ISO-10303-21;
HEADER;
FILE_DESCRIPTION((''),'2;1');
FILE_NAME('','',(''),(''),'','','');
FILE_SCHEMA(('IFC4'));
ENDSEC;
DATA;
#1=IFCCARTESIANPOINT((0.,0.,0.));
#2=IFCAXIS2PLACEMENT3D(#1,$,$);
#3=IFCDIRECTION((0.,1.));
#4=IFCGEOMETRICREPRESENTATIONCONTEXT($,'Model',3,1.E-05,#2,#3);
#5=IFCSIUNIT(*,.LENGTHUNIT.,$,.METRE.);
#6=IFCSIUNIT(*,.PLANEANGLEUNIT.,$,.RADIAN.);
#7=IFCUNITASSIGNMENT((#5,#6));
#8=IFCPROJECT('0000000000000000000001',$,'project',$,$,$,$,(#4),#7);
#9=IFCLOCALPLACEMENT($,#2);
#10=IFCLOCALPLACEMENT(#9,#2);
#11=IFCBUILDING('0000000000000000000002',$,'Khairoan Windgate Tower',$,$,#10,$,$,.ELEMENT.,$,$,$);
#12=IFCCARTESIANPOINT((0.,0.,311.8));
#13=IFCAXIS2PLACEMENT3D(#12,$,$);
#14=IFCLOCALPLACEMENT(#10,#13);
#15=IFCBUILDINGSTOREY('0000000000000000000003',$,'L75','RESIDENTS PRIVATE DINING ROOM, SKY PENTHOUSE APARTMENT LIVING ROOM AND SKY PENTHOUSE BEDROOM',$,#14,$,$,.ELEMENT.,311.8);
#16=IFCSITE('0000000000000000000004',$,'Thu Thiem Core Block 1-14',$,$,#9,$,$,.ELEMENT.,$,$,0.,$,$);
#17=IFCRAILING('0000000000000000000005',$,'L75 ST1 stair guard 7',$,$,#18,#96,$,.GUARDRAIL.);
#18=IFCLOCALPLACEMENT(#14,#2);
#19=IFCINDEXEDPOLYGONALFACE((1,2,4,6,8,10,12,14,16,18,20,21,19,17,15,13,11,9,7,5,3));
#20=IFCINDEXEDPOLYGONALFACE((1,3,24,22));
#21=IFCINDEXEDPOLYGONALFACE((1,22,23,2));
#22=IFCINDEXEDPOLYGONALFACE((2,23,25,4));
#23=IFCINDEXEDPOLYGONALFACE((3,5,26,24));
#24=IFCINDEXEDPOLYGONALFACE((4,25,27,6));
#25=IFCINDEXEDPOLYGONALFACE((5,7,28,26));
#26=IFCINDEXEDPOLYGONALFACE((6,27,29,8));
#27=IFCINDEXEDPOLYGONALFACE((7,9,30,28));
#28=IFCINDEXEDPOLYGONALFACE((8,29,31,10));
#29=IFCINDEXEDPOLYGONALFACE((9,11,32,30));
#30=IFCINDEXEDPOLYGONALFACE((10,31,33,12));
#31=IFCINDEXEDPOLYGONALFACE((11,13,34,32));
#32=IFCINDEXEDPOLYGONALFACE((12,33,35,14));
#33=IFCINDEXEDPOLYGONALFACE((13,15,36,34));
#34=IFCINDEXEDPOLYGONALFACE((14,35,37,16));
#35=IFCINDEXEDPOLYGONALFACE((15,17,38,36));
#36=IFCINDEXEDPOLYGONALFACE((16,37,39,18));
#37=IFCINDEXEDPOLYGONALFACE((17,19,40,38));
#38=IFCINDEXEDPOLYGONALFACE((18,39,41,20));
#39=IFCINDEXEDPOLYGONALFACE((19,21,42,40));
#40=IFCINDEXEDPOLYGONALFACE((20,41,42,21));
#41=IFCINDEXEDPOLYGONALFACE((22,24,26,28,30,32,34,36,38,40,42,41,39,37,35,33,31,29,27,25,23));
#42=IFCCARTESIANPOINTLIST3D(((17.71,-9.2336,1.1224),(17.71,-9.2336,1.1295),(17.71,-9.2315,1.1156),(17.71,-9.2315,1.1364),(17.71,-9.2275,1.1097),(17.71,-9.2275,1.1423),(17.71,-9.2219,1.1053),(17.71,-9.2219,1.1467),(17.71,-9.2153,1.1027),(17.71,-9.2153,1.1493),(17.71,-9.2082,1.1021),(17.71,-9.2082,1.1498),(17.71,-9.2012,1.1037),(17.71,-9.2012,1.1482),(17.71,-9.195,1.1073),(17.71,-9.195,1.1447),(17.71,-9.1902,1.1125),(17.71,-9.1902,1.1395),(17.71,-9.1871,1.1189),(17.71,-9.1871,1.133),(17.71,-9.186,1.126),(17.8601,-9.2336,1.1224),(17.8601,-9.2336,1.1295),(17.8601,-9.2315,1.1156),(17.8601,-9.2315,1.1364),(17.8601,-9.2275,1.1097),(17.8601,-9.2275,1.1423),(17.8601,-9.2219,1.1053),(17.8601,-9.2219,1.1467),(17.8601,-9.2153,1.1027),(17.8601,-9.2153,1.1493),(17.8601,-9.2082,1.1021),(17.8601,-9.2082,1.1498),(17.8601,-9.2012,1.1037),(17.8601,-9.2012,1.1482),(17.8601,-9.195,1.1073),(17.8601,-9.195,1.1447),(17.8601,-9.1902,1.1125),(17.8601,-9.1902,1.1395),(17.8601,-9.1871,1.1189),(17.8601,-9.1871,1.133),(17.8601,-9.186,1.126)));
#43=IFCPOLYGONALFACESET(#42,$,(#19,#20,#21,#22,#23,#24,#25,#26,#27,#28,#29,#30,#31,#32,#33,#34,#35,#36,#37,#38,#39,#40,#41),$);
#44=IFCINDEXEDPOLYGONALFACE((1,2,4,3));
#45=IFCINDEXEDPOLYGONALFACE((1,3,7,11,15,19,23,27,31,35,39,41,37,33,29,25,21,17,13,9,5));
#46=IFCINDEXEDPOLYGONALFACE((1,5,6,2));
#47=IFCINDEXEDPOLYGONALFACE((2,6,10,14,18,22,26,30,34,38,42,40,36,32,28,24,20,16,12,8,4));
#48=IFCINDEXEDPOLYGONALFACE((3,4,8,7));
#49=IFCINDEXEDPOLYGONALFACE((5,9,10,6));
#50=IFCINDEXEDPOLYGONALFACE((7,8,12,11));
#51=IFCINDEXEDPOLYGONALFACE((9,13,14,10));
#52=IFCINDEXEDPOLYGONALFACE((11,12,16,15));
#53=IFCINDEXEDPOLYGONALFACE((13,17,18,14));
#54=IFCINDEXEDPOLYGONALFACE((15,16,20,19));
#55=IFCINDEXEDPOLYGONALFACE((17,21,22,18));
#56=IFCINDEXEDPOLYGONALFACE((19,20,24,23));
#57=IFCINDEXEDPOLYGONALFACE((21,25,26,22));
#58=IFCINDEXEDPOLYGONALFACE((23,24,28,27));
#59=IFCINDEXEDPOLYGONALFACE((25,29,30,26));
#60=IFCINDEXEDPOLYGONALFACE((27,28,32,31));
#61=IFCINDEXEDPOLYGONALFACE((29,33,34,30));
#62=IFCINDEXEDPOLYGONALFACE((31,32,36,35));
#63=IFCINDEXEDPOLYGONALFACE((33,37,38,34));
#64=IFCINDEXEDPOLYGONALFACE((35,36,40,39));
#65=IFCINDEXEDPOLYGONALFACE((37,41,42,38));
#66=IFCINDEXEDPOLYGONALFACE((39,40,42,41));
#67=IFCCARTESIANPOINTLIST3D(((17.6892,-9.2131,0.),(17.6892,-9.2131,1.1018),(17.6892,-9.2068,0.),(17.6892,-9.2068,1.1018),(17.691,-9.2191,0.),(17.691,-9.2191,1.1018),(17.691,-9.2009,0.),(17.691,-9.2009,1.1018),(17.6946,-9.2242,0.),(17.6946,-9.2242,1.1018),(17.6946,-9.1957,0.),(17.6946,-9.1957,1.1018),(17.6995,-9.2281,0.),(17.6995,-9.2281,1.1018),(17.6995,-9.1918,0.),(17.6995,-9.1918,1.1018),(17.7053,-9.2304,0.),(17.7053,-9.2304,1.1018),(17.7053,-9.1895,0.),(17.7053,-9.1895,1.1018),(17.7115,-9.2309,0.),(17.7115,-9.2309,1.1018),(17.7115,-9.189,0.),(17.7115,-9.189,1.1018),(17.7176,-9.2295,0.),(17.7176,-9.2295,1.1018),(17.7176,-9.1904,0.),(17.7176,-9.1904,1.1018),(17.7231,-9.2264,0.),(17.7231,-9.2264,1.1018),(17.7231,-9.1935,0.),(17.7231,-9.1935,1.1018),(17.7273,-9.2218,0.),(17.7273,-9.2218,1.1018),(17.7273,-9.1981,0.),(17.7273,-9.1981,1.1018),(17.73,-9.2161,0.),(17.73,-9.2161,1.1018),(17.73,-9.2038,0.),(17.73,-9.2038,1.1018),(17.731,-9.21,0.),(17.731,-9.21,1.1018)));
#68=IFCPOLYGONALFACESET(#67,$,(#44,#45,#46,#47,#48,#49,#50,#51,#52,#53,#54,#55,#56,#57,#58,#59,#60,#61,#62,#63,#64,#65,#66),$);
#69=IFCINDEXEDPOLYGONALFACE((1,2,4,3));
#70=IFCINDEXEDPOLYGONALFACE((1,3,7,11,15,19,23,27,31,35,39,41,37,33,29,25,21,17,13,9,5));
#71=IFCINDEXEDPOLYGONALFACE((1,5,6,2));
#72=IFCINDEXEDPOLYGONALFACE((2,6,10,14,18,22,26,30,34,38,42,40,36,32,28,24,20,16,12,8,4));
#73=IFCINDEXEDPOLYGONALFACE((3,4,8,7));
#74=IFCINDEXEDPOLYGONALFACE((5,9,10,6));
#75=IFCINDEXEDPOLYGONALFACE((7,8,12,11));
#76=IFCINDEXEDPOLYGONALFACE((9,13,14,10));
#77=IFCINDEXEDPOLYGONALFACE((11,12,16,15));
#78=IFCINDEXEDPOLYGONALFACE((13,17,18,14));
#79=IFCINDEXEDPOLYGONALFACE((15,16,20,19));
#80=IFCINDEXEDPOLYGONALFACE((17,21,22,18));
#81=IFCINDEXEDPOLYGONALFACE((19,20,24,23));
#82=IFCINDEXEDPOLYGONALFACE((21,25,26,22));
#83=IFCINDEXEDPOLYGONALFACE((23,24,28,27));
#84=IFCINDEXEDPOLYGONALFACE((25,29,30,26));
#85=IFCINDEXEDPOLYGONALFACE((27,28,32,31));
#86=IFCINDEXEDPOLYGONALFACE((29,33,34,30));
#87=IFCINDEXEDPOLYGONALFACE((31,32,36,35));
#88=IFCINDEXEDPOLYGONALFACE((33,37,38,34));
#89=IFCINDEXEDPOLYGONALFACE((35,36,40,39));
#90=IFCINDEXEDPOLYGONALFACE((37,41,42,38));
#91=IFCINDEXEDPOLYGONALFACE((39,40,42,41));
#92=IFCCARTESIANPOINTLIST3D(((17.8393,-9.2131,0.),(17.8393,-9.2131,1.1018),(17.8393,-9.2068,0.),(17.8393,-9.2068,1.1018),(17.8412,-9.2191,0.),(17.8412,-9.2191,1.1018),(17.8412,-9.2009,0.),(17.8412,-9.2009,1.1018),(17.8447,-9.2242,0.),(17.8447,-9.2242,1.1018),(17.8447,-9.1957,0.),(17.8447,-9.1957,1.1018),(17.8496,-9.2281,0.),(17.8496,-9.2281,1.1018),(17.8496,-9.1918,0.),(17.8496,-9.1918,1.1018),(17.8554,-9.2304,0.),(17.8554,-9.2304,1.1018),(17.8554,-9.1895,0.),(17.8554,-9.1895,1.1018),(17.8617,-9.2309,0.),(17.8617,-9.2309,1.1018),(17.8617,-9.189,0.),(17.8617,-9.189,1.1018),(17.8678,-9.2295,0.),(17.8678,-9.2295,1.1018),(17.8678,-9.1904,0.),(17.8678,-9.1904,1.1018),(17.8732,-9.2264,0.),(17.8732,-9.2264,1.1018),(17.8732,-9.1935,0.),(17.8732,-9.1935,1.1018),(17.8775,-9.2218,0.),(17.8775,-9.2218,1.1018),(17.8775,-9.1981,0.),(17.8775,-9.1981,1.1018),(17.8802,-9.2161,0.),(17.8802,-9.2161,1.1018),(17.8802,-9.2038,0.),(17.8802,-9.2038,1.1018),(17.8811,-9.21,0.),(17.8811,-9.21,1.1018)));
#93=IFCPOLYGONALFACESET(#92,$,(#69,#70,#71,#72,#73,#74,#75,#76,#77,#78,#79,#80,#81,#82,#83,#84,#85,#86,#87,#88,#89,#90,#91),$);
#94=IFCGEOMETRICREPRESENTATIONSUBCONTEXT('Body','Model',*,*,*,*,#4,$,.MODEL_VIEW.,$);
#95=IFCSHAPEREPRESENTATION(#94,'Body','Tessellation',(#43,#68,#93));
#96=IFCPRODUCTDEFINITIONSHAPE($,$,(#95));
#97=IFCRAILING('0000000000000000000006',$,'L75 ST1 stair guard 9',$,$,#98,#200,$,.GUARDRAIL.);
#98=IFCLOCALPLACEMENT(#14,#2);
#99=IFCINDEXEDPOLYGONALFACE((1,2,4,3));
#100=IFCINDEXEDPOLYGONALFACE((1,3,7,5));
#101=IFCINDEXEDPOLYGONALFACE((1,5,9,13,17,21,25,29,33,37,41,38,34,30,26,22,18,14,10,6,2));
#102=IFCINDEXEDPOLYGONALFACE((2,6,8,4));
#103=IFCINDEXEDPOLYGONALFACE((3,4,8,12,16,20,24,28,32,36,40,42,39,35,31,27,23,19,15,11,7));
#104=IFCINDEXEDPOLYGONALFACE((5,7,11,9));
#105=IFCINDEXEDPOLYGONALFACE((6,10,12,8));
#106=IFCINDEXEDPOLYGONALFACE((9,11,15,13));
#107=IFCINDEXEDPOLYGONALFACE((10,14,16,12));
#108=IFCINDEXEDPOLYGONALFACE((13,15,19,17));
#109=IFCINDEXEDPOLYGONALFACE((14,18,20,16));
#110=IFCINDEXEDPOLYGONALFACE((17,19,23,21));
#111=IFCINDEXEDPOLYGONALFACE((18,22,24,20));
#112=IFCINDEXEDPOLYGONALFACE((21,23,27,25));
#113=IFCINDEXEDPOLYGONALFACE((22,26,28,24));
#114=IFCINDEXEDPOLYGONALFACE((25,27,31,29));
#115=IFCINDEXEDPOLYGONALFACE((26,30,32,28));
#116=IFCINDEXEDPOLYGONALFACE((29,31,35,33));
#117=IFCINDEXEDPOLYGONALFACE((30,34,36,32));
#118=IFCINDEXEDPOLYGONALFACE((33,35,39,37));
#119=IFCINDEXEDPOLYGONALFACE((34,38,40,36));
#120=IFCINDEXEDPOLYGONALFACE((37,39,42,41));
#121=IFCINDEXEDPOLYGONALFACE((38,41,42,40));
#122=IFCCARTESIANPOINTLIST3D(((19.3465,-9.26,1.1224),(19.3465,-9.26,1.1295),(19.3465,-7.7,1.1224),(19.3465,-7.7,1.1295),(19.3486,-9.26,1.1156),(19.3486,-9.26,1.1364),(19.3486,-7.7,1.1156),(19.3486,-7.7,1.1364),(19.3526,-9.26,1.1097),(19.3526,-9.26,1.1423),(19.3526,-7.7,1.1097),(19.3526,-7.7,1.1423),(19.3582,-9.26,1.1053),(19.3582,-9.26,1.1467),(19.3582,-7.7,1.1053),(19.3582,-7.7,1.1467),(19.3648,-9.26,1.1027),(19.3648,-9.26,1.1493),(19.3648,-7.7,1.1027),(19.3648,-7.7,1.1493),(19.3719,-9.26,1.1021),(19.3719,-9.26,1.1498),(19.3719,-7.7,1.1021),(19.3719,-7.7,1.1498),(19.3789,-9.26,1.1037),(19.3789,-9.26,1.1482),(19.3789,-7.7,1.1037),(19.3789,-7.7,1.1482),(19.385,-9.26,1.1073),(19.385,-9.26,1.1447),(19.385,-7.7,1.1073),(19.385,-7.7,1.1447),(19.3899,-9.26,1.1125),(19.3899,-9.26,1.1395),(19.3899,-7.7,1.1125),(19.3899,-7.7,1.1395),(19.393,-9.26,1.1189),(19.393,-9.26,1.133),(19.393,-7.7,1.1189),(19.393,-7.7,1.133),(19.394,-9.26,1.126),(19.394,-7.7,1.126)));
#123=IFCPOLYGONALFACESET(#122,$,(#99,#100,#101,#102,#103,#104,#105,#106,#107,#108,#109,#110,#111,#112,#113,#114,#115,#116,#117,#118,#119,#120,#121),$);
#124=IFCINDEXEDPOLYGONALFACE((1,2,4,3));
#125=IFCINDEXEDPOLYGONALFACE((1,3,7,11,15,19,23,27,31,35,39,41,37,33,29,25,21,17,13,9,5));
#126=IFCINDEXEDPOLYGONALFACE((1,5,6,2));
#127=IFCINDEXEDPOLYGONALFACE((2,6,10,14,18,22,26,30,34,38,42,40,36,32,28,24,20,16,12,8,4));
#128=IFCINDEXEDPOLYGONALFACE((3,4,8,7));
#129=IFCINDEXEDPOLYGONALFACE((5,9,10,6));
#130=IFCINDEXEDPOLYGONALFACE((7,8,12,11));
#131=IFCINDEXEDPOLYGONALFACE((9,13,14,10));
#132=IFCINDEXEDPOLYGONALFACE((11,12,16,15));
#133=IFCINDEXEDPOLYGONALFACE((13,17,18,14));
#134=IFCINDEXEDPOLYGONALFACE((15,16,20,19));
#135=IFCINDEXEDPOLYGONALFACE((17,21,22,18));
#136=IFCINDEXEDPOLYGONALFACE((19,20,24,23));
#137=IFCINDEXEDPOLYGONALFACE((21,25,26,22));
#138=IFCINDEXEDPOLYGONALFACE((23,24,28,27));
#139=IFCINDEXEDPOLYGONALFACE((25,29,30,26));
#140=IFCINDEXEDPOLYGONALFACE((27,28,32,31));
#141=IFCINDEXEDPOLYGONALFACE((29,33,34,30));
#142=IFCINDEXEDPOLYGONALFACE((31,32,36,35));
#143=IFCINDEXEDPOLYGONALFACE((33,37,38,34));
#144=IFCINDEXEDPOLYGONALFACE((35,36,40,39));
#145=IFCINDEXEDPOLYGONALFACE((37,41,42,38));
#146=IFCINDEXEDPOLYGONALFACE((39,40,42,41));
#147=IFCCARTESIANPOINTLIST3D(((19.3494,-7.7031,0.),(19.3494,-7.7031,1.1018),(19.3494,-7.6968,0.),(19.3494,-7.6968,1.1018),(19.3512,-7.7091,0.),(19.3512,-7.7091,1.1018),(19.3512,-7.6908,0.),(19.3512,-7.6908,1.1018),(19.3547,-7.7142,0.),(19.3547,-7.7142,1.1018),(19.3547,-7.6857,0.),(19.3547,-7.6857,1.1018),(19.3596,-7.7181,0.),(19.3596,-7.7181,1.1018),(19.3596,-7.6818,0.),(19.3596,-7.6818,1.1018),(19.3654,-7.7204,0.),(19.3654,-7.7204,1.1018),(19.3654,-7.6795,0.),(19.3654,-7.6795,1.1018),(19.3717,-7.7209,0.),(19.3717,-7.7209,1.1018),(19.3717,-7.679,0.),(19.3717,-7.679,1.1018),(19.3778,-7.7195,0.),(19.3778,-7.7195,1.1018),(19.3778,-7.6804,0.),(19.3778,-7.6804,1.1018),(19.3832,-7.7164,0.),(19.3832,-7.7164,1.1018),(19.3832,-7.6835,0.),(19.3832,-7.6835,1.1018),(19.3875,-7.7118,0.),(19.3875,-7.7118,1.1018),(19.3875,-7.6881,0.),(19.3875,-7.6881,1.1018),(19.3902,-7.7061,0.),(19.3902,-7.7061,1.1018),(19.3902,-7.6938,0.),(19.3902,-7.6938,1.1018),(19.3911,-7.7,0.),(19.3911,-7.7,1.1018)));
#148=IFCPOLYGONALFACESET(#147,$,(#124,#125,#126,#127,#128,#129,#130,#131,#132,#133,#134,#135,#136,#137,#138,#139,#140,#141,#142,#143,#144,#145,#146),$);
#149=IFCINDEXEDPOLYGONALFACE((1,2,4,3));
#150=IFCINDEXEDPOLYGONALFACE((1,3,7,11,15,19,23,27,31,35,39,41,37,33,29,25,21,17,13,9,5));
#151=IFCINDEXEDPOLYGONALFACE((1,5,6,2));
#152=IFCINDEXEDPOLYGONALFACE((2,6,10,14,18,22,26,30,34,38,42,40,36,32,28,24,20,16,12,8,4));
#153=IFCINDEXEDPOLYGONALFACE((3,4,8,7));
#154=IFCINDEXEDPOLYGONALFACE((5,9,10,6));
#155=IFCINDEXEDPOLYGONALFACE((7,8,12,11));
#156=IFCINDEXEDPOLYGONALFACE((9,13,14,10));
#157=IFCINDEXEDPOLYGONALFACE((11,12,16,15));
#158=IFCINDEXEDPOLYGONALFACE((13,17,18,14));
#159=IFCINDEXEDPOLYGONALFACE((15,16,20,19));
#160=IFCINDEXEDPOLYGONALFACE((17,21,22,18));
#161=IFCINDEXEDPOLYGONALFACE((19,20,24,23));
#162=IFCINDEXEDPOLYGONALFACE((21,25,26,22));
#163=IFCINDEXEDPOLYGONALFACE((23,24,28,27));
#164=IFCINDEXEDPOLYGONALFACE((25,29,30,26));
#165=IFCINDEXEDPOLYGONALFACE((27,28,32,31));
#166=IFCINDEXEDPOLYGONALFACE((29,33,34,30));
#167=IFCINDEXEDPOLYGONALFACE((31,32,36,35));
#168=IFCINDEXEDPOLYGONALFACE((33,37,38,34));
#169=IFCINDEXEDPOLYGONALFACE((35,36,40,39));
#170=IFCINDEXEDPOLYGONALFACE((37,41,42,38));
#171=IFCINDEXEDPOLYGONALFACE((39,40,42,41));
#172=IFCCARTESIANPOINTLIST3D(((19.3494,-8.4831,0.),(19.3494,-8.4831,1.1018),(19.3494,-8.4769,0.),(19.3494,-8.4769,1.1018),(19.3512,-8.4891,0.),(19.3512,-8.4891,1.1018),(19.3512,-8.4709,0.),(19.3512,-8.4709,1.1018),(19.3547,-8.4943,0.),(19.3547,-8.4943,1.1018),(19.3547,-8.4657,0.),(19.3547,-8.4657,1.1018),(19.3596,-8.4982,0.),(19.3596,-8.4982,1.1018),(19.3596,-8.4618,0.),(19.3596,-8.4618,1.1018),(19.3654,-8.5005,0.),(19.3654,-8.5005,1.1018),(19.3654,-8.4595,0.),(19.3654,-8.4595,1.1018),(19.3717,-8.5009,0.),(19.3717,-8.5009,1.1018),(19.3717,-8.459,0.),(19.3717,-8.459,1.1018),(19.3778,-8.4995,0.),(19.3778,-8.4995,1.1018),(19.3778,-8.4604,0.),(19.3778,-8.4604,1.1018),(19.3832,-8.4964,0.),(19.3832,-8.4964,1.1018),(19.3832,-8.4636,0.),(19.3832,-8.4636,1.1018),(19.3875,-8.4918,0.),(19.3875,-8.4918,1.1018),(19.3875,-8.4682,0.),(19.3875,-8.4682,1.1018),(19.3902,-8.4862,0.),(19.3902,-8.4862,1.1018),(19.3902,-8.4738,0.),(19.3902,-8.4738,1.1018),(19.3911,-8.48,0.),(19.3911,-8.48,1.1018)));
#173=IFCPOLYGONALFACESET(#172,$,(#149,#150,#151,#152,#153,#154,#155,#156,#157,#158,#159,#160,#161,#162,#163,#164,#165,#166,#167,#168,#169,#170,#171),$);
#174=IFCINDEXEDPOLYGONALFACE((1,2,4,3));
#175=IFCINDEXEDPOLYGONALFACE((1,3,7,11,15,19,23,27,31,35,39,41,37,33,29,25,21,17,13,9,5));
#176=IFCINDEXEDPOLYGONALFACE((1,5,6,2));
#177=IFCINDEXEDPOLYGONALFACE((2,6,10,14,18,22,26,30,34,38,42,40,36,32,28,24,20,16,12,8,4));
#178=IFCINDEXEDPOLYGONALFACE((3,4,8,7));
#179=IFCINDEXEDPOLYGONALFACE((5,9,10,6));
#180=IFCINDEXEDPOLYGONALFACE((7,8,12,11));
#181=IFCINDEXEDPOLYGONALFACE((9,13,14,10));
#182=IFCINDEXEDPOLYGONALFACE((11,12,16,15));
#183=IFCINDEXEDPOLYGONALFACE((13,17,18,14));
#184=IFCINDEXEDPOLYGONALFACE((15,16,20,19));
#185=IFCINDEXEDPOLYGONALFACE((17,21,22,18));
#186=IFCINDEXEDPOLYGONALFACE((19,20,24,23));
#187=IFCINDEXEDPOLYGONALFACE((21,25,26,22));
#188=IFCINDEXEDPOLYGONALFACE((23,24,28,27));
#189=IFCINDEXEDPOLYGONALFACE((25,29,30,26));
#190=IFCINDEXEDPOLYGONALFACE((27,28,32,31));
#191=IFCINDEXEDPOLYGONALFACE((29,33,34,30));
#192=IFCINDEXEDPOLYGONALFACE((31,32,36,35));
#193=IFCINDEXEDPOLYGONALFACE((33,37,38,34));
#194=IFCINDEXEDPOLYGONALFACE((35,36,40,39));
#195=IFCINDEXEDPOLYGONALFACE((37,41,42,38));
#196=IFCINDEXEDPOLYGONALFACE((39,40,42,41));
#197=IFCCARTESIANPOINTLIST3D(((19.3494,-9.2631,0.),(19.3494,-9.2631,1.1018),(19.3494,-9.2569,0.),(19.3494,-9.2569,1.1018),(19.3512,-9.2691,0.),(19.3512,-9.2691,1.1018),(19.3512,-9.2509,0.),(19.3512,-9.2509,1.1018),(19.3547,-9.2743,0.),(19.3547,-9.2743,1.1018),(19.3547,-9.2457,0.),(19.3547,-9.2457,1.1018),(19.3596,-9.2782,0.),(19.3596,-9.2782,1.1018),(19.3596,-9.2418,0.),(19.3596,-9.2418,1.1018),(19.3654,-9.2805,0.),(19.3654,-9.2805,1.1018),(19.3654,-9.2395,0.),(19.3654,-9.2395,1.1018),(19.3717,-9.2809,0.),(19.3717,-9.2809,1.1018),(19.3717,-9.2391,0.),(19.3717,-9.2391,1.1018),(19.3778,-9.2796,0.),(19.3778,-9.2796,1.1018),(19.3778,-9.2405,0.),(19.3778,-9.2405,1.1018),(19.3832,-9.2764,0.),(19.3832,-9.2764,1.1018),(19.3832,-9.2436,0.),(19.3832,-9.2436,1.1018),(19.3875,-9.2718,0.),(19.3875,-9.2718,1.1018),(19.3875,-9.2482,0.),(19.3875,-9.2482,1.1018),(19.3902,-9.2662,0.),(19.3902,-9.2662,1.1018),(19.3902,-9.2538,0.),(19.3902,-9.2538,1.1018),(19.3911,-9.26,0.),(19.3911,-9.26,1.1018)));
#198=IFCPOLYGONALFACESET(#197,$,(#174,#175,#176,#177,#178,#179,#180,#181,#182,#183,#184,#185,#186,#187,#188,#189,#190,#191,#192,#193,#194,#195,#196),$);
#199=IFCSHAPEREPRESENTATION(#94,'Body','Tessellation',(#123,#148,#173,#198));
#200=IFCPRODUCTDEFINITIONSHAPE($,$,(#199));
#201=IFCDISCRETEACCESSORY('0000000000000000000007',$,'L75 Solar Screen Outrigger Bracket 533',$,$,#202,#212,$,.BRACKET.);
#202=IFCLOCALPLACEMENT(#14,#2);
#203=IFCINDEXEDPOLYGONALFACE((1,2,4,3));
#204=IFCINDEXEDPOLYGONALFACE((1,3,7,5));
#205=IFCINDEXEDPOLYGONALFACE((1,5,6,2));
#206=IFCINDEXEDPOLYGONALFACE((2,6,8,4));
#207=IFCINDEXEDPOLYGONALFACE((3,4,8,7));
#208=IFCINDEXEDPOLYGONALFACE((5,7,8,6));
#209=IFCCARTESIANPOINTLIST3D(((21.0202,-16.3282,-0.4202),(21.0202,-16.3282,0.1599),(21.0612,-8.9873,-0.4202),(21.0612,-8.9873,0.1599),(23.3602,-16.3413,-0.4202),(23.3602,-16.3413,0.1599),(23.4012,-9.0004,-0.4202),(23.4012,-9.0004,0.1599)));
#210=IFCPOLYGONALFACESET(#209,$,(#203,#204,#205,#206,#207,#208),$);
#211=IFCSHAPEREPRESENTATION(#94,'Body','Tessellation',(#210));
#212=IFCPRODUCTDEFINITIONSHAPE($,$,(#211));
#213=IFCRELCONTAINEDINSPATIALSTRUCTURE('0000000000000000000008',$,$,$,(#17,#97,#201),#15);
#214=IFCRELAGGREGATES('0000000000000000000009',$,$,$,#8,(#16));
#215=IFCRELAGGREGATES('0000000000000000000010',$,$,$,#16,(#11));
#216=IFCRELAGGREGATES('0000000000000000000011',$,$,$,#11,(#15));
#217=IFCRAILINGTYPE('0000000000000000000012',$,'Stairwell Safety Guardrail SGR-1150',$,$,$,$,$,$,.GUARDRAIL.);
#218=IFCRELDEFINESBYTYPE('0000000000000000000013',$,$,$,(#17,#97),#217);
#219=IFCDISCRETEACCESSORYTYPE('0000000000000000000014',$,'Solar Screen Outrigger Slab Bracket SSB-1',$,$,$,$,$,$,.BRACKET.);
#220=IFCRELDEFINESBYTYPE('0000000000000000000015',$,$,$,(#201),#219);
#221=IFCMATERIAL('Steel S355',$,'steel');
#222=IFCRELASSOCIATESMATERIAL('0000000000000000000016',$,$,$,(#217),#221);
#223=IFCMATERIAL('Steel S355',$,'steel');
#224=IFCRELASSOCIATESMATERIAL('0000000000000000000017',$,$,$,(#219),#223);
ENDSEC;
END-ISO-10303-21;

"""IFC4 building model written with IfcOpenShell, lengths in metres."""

from ifc_helpers import new_model, si_unit, direction, frame, origin, origin_2d, place, context, subcontext, project, spatial, rectangle, circle, extrude, material, type_object, element, save


model = new_model("IFC4")

# Units and contexts
model_context = context("Model", 3, precision=1e-05, world=origin(), true_north=direction((0.0, 1.0)))
body_context = subcontext(model_context, "Body", "Model", "MODEL_VIEW")
ifc_project = project(units=[si_unit("LENGTHUNIT", "METRE"), si_unit("PLANEANGLEUNIT", "RADIAN")], contexts=[model_context])

# Site, building, storey
site_placement = place(None, origin())
site = spatial("IfcSite", under=ifc_project, at=site_placement, Name="Thu Thiem Core Block 1-14", CompositionType="ELEMENT", RefElevation=0.0)
building_placement = place(site_placement, origin())
building = spatial("IfcBuilding", under=site, at=building_placement, Name="Khairoan Windgate Tower", CompositionType="ELEMENT")
storey_placement = place(building_placement, frame((0.0, 0.0, 311.8)))
storey = spatial("IfcBuildingStorey", under=building, at=storey_placement, Name="L75", Description="RESIDENTS PRIVATE DINING ROOM, SKY PENTHOUSE APARTMENT LIVING ROOM AND SKY PENTHOUSE BEDROOM", CompositionType="ELEMENT", Elevation=311.8)

# Railings
ifc_material_1 = material(Name="Steel S355", Category="steel")
railing_type_1 = type_object("IfcRailingType", Name="Stairwell Safety Guardrail SGR-1150", PredefinedType="GUARDRAIL", material=ifc_material_1)
railing_1_placement = place(storey_placement, frame((17.71, -9.21, 0.0)))
element("IfcRailing", 1, at=railing_1_placement, inside=storey, type_object=railing_type_1, Name="L75 ST1 stair guard 7", PredefinedType="GUARDRAIL", context=body_context, shape_type="SweptSolid", body=[
    extrude(circle(Radius=0.0239, at=origin_2d()), frame((0.0, 0.0, 1.126), z_axis=(1.0, 0.0, 0.0), x_axis=(0.0, 1.0, 0.0)), (0.0, 0.0, 1.0), 0.1501),
    extrude(circle(Radius=0.021, at=origin_2d()), origin(), (0.0, 0.0, 1.0), 1.1018),
    extrude(circle(Radius=0.021, at=origin_2d()), frame((0.1501, 0.0, 0.0)), (0.0, 0.0, 1.0), 1.1018),
])
railing_2_placement = place(storey_placement, frame((19.3701, -7.7, 0.0)))
element("IfcRailing", 2, at=railing_2_placement, inside=storey, type_object=railing_type_1, Name="L75 ST1 stair guard 9", PredefinedType="GUARDRAIL", context=body_context, shape_type="SweptSolid", body=[
    extrude(circle(Radius=0.0239, at=origin_2d()), frame((0.0, 0.0, 1.126), z_axis=(0.0, -1.0, 0.0), x_axis=(1.0, 0.0, 0.0)), (0.0, 0.0, 1.0), 1.5601),
    extrude(circle(Radius=0.021, at=origin_2d()), origin(), (0.0, 0.0, 1.0), 1.1018),
    extrude(circle(Radius=0.021, at=origin_2d()), frame((0.0, -0.78, 0.0)), (0.0, 0.0, 1.0), 1.1018),
    extrude(circle(Radius=0.021, at=origin_2d()), frame((0.0, -1.5601, 0.0)), (0.0, 0.0, 1.0), 1.1018),
])

# Discrete accessory
ifc_material_2 = material(Name="Steel S355", Category="steel")
discrete_accessory_type = type_object("IfcDiscreteAccessoryType", Name="Solar Screen Outrigger Slab Bracket SSB-1", PredefinedType="BRACKET", material=ifc_material_2)
discrete_accessory_placement = place(storey_placement, frame((22.2107, -12.6643, -0.4202), z_axis=(0.0, 0.0, 1.0), x_axis=(-0.005585, -0.999984, 0.0)))
element("IfcDiscreteAccessory", 3, at=discrete_accessory_placement, inside=storey, type_object=discrete_accessory_type, Name="L75 Solar Screen Outrigger Bracket 533", PredefinedType="BRACKET", context=body_context, shape_type="SweptSolid", body=[
    extrude(rectangle(XDim=7.3411, YDim=2.3401, at=origin_2d()), origin(), (0.0, 0.0, 1.0), 0.5801),
])

save(model, "model.ifc")
